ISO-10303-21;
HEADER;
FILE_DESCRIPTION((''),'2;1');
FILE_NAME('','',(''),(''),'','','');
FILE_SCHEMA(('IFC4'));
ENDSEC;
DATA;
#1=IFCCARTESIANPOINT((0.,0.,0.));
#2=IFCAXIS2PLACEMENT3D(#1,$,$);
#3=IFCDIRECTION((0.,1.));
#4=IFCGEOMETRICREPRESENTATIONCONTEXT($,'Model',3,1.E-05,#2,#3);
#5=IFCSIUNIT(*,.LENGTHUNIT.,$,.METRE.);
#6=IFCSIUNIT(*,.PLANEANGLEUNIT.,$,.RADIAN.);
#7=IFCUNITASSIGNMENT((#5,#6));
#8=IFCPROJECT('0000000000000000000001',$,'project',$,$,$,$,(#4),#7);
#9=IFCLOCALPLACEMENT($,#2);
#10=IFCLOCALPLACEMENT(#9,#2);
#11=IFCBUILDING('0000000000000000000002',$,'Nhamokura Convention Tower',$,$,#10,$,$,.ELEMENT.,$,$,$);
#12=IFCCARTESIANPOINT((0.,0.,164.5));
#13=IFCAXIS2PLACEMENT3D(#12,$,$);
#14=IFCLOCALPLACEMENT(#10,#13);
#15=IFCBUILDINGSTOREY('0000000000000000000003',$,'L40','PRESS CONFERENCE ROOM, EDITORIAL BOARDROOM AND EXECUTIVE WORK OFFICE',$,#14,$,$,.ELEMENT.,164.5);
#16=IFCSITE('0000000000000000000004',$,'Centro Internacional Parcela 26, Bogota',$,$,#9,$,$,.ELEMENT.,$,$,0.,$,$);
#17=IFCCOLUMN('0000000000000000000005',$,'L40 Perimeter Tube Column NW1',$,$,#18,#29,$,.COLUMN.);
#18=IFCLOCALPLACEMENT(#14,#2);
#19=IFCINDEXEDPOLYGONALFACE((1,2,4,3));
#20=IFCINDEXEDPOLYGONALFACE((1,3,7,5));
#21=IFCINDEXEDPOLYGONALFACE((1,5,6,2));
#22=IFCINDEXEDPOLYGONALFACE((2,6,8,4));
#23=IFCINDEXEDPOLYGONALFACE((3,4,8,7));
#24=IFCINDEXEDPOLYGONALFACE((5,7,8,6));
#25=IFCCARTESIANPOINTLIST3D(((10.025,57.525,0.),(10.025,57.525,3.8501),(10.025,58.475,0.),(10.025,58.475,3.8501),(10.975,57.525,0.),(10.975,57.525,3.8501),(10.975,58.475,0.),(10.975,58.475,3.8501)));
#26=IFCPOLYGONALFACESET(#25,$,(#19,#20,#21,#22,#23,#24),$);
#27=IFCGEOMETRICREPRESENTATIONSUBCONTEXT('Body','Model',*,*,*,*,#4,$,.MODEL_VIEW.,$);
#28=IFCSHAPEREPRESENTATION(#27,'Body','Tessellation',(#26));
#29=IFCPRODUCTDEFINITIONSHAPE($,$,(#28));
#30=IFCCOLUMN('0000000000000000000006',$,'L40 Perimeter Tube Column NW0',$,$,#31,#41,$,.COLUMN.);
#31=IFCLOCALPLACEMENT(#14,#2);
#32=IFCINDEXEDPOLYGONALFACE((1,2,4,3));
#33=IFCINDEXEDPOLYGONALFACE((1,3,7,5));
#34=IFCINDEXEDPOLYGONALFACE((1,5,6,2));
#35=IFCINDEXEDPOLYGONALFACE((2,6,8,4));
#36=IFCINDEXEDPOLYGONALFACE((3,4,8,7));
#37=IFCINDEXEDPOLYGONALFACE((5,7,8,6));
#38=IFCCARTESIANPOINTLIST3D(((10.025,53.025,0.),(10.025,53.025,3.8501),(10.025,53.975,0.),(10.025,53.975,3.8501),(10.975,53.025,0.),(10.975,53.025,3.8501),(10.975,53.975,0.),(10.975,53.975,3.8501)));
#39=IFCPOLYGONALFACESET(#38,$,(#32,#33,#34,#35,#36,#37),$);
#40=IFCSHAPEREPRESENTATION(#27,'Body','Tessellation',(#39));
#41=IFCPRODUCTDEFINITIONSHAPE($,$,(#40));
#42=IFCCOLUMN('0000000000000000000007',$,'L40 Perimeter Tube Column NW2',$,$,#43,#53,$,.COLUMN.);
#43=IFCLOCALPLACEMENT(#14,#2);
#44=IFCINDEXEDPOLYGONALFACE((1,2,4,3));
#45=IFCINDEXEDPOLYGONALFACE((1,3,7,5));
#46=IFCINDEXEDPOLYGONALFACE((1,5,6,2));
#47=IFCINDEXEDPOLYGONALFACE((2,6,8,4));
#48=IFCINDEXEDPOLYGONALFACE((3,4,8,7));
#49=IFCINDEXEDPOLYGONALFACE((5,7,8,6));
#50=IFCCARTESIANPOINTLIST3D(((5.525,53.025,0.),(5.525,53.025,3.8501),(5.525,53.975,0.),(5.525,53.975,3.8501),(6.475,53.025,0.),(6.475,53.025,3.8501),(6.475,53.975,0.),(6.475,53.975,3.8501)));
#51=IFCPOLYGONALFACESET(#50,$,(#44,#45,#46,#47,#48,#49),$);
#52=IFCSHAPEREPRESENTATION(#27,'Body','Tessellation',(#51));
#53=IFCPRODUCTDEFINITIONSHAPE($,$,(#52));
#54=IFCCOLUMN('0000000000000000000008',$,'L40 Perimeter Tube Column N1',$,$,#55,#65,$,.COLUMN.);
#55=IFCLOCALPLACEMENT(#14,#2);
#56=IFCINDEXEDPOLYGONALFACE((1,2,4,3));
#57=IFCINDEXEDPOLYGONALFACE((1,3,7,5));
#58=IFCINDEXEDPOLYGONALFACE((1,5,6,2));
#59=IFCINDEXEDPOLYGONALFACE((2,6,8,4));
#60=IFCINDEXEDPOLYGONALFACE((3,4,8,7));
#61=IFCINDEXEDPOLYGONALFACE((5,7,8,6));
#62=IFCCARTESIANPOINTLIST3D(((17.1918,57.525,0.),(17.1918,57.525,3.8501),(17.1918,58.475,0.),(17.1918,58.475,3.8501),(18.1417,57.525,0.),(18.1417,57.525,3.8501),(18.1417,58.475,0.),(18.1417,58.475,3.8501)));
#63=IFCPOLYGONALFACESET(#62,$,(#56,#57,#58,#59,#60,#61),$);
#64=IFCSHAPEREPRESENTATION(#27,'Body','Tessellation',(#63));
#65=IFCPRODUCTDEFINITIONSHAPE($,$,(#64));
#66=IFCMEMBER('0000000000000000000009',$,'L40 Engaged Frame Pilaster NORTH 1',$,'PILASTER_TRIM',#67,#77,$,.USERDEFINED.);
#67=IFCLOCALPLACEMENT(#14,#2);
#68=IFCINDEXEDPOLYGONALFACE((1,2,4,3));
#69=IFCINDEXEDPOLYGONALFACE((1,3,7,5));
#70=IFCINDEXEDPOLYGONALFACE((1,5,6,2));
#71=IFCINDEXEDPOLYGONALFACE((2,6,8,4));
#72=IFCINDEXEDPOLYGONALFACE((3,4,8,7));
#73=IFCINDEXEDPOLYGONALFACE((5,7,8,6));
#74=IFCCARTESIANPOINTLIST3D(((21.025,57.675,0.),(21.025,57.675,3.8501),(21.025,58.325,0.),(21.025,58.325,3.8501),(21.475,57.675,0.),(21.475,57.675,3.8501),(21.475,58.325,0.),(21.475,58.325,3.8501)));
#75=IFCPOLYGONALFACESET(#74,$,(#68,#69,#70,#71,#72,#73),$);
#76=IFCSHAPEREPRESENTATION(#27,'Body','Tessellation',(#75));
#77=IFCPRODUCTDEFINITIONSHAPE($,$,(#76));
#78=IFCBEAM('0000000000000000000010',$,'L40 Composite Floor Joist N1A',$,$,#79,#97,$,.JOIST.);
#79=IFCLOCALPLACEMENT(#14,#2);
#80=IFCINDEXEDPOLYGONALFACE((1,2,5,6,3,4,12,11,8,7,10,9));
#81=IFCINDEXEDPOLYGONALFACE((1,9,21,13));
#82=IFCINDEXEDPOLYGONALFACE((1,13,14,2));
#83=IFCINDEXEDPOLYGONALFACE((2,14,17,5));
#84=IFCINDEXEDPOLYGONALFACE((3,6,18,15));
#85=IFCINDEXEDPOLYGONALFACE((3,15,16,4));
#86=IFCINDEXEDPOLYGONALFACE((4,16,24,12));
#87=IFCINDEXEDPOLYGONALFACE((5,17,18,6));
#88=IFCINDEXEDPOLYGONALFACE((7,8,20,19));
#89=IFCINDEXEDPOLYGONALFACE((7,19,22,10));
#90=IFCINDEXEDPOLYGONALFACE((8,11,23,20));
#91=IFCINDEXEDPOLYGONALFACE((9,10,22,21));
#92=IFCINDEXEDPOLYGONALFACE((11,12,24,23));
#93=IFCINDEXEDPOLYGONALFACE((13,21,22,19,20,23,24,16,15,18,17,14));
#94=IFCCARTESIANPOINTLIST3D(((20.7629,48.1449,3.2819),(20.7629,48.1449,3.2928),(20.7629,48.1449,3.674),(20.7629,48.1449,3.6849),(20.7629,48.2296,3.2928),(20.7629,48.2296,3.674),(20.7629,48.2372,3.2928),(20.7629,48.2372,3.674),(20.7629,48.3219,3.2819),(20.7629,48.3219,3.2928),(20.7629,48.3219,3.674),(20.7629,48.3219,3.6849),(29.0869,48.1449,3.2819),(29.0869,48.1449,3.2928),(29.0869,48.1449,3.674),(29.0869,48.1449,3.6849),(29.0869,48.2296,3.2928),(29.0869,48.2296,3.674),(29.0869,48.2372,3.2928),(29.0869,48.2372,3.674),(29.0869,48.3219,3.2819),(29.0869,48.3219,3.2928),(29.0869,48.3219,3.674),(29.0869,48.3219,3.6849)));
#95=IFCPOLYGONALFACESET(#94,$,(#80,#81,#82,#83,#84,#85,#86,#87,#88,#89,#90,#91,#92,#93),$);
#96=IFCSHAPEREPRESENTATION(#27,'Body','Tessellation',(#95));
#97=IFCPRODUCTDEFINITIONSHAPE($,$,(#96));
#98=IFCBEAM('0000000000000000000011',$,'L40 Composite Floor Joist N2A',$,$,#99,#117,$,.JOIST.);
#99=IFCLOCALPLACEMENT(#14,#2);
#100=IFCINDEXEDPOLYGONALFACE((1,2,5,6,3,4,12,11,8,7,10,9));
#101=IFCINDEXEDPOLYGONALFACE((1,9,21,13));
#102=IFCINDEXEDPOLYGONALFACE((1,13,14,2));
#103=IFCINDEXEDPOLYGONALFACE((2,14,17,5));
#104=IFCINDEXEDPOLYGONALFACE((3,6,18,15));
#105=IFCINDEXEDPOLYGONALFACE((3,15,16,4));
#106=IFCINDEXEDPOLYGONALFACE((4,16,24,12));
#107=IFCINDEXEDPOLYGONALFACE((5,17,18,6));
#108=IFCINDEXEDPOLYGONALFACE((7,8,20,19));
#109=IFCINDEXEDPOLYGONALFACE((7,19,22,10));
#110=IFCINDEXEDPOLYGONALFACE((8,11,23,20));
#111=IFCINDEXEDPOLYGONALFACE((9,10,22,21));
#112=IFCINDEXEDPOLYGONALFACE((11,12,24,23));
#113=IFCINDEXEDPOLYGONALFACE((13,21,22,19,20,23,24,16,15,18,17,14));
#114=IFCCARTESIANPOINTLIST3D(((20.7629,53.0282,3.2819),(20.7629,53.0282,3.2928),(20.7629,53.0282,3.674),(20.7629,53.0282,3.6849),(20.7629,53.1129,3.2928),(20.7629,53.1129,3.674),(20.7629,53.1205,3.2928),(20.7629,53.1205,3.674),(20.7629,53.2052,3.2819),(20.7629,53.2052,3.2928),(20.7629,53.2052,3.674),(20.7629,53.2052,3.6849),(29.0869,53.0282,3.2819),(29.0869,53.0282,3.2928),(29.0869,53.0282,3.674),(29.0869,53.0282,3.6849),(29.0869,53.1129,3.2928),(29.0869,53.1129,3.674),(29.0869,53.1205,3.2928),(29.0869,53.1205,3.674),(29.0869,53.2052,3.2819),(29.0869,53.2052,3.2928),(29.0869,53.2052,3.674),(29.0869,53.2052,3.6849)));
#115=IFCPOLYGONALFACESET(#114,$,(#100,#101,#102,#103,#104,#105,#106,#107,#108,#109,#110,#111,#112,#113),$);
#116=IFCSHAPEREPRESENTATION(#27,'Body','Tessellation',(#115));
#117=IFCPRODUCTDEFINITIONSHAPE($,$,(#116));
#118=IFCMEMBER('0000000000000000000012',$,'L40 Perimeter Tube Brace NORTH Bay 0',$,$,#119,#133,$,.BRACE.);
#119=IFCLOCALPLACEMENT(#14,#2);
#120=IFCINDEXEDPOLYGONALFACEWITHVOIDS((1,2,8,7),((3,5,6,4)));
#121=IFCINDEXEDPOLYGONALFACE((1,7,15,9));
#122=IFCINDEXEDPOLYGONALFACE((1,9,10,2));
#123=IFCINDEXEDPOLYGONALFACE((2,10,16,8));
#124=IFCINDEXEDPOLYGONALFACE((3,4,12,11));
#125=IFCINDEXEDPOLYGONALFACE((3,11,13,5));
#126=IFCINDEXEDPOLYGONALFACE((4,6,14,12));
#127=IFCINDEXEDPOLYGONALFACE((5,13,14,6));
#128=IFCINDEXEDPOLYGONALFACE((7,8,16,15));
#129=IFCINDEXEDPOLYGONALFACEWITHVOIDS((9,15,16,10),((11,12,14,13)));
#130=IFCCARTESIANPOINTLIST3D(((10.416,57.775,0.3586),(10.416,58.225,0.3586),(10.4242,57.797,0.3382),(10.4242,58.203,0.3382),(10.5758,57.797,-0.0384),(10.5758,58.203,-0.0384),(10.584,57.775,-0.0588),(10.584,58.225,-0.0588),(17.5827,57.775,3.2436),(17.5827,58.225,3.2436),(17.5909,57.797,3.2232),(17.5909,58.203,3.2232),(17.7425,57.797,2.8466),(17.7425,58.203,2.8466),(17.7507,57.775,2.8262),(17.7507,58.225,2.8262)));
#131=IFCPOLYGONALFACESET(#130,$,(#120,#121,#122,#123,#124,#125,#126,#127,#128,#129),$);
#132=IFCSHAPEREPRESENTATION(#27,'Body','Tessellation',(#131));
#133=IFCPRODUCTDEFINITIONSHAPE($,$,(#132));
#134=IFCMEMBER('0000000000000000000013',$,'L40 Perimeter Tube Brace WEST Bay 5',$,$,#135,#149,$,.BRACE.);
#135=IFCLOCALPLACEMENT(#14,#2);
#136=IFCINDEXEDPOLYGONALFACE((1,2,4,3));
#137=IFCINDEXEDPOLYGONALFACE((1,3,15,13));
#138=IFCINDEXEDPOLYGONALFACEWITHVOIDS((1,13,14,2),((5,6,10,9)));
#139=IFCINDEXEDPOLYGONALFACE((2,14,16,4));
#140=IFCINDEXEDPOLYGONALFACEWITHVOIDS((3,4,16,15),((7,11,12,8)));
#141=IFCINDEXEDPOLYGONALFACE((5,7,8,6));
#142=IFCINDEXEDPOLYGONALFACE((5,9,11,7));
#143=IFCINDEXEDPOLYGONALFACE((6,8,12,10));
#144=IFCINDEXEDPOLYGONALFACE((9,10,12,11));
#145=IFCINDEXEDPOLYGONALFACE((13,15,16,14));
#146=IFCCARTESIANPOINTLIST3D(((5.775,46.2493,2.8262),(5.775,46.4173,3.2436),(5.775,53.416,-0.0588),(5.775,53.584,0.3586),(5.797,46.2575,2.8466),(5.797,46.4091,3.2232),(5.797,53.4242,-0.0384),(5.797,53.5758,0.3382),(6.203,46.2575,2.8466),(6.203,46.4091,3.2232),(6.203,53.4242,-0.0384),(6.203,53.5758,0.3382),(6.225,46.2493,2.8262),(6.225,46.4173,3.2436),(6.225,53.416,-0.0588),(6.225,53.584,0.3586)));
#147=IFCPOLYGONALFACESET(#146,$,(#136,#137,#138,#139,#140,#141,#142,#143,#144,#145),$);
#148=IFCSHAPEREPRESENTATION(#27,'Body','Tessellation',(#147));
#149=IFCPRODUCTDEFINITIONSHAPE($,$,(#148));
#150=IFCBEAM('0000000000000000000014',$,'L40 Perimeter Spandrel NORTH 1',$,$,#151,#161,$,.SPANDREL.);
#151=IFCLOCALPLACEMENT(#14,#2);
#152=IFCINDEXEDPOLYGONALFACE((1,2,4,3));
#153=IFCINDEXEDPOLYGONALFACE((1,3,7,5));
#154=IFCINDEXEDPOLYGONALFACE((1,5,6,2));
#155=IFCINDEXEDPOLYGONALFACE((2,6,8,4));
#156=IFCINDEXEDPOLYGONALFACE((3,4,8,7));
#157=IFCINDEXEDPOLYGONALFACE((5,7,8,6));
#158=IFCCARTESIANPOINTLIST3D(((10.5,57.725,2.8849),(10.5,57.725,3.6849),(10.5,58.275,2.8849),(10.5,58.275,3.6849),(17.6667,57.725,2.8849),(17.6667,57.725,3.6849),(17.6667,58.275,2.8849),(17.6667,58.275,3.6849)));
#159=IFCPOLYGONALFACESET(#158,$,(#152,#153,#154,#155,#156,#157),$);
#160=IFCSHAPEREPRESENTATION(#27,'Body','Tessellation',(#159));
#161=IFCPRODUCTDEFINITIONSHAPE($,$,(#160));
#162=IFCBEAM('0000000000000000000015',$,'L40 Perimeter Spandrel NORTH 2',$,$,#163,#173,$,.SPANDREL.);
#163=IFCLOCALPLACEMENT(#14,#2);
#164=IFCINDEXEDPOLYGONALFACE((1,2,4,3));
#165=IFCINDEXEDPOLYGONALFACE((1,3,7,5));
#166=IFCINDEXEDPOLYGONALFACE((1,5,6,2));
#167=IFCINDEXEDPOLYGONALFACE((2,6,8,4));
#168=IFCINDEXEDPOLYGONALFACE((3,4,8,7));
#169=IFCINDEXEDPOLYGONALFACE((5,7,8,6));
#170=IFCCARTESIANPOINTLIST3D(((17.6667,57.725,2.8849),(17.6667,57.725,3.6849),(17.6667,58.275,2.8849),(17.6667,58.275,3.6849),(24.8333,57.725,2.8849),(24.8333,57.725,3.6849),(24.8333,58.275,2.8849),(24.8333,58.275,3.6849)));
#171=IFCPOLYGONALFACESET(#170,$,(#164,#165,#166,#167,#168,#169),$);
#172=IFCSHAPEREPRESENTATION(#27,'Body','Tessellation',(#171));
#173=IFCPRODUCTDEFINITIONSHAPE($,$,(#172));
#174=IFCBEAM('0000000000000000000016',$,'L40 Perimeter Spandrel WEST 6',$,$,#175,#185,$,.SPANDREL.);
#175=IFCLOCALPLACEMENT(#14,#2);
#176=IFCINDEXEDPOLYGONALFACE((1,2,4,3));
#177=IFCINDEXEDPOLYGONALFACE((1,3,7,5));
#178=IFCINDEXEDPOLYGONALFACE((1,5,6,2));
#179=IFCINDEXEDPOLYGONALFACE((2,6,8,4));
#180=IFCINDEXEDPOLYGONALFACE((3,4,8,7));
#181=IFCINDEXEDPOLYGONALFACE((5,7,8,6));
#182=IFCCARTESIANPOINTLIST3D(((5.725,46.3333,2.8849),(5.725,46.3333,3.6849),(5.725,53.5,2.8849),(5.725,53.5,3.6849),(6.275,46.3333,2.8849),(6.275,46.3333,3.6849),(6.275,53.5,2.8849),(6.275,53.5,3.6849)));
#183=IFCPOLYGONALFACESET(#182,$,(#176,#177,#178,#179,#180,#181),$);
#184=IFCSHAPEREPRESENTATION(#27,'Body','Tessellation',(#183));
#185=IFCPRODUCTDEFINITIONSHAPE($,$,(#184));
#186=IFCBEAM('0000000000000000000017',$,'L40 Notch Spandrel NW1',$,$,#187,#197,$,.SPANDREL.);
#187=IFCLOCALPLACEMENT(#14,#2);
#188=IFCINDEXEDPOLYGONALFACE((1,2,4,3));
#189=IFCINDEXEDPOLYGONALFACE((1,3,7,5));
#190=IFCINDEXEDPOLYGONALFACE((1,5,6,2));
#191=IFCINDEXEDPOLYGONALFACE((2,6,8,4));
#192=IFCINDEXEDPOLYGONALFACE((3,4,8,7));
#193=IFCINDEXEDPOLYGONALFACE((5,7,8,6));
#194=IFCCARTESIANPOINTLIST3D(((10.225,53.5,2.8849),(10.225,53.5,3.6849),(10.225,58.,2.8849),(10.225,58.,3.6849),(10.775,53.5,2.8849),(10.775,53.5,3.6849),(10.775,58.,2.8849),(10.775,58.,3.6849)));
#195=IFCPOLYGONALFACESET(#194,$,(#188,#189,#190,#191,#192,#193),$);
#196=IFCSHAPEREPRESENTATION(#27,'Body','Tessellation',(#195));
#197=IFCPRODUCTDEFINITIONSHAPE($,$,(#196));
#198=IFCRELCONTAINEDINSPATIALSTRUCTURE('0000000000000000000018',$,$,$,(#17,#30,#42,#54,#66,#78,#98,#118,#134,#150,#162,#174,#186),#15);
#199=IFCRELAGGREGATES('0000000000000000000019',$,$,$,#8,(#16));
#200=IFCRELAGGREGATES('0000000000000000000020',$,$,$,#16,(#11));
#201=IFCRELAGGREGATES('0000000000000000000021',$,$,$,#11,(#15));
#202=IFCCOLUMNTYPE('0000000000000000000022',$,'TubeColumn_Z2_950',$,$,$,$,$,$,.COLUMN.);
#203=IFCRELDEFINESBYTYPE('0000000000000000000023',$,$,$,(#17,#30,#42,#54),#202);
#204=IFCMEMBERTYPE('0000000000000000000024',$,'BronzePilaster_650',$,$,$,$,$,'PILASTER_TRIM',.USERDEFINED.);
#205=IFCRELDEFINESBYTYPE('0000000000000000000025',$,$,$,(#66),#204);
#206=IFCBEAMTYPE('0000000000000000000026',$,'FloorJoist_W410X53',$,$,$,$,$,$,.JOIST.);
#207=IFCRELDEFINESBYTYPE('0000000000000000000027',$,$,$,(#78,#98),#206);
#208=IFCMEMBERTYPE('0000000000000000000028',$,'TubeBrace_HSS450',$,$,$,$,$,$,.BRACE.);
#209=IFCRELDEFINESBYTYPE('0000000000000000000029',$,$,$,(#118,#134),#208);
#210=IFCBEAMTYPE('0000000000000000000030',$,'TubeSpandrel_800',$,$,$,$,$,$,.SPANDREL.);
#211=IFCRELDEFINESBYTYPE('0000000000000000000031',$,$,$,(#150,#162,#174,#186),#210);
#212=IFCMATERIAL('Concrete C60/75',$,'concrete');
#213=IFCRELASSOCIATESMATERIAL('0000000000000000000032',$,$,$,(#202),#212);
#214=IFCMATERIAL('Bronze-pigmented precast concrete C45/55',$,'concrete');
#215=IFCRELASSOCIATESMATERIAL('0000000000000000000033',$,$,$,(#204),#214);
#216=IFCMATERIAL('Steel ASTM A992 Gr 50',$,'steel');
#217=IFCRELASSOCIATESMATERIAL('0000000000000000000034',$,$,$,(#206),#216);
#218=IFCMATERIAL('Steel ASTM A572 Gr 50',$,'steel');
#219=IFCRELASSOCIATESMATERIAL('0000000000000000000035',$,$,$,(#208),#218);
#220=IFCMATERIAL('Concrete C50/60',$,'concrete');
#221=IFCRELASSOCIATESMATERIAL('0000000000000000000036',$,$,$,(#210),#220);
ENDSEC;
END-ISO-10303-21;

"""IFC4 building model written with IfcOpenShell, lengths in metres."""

from ifc_helpers import new_model, si_unit, direction, frame, origin, origin_2d, place, context, subcontext, project, spatial, rectangle, hollow_rectangle, i_section, extrude, material, material_profile, profile_set, type_object, element, save


model = new_model("IFC4")

# Units and contexts
model_context = context("Model", 3, precision=1e-05, world=origin(), true_north=direction((0.0, 1.0)))
body_context = subcontext(model_context, "Body", "Model", "MODEL_VIEW")
ifc_project = project(units=[si_unit("LENGTHUNIT", "METRE"), si_unit("PLANEANGLEUNIT", "RADIAN")], contexts=[model_context])

# Site, building, storey
site_placement = place(None, origin())
site = spatial("IfcSite", under=ifc_project, at=site_placement, Name="Centro Internacional Parcela 26, Bogota", CompositionType="ELEMENT", RefElevation=0.0)
building_placement = place(site_placement, origin())
building = spatial("IfcBuilding", under=site, at=building_placement, Name="Nhamokura Convention Tower", CompositionType="ELEMENT")
storey_placement = place(building_placement, frame((0.0, 0.0, 164.5)))
storey = spatial("IfcBuildingStorey", under=building, at=storey_placement, Name="L40", Description="PRESS CONFERENCE ROOM, EDITORIAL BOARDROOM AND EXECUTIVE WORK OFFICE", CompositionType="ELEMENT", Elevation=164.5)

# Columns
ifc_material_1 = material(Name="Concrete C60/75", Category="concrete")
ifc_material_profile_1 = material_profile(ifc_material_1, rectangle(XDim=0.95, YDim=0.95, at=origin_2d()))
ifc_profile_set_1 = profile_set([ifc_material_profile_1], Name="Concrete C60/75")
column_type = type_object("IfcColumnType", Name="TubeColumn_Z2_950", PredefinedType="COLUMN", material=ifc_profile_set_1)
for number, where, z_axis, x_axis, name in (
    (1, (10.5, 58.0, 0.0), (0.0, 0.0, 1.0), (1.0, 0.0, 0.0), "L40 Perimeter Tube Column NW1"),
    (2, (10.5, 53.5, 0.0), (0.0, 0.0, 1.0), (1.0, 0.0, 0.0), "L40 Perimeter Tube Column NW0"),
    (3, (6.0, 53.5, 0.0), (0.0, 0.0, 1.0), (1.0, 0.0, 0.0), "L40 Perimeter Tube Column NW2"),
    (4, (17.6667, 58.0, 0.0), (0.0, 0.0, 1.0), (1.0, 0.0, 0.0), "L40 Perimeter Tube Column N1"),
):
    element("IfcColumn", number, at=place(storey_placement, frame(where, z_axis=z_axis, x_axis=x_axis)), inside=storey, type_object=column_type, Name=name, PredefinedType="COLUMN", context=body_context, shape_type="SweptSolid", body=[
        extrude(rectangle(XDim=0.95, YDim=0.95, at=origin_2d()), origin(), (0.0, 0.0, 1.0), 3.8501),
    ])

# Member
ifc_material_2 = material(Name="Bronze-pigmented precast concrete C45/55", Category="concrete")
ifc_material_profile_2 = material_profile(ifc_material_2, rectangle(XDim=0.45, YDim=0.6499, at=origin_2d()))
ifc_profile_set_2 = profile_set([ifc_material_profile_2], Name="Bronze-pigmented precast concrete C45/55")
member_type_1 = type_object("IfcMemberType", Name="BronzePilaster_650", ElementType="PILASTER_TRIM", PredefinedType="USERDEFINED", material=ifc_profile_set_2)
member_placement = place(storey_placement, frame((21.25, 58.0, 0.0), z_axis=(0.0, 0.0, 1.0), x_axis=(1.0, 0.0, 0.0)))
element("IfcMember", 5, at=member_placement, inside=storey, type_object=member_type_1, Name="L40 Engaged Frame Pilaster NORTH 1", ObjectType="PILASTER_TRIM", PredefinedType="USERDEFINED", context=body_context, shape_type="SweptSolid", body=[
    extrude(rectangle(XDim=0.45, YDim=0.6499, at=origin_2d()), origin(), (0.0, 0.0, 1.0), 3.8501),
])

# Beams
ifc_material_3 = material(Name="Steel ASTM A992 Gr 50", Category="steel")
ifc_material_profile_3 = material_profile(ifc_material_3, i_section(OverallWidth=0.177, OverallDepth=0.4031, WebThickness=0.0076, FlangeThickness=0.011, at=origin_2d()))
ifc_profile_set_3 = profile_set([ifc_material_profile_3], Name="Steel ASTM A992 Gr 50")
beam_type_1 = type_object("IfcBeamType", Name="FloorJoist_W410X53", PredefinedType="JOIST", material=ifc_profile_set_3)
for number, where, z_axis, x_axis, name in (
    (6, (20.7629, 48.2334, 3.4834), (1.0, 0.0, 0.0), (0.0, 1.0, 0.0), "L40 Composite Floor Joist N1A"),
    (7, (20.7629, 53.1167, 3.4834), (1.0, 0.0, 0.0), (0.0, 1.0, 0.0), "L40 Composite Floor Joist N2A"),
):
    element("IfcBeam", number, at=place(storey_placement, frame(where, z_axis=z_axis, x_axis=x_axis)), inside=storey, type_object=beam_type_1, Name=name, PredefinedType="JOIST", context=body_context, shape_type="SweptSolid", body=[
        extrude(i_section(OverallWidth=0.177, OverallDepth=0.4031, WebThickness=0.0076, FlangeThickness=0.011, at=origin_2d()), origin(), (0.0, 0.0, 1.0), 8.324),
    ])

# Members
ifc_material_4 = material(Name="Steel ASTM A572 Gr 50", Category="steel")
ifc_material_profile_4 = material_profile(ifc_material_4, hollow_rectangle(XDim=0.45, YDim=0.45, WallThickness=0.022, at=origin_2d()))
ifc_profile_set_4 = profile_set([ifc_material_profile_4], Name="Steel ASTM A572 Gr 50")
member_type_2 = type_object("IfcMemberType", Name="TubeBrace_HSS450", PredefinedType="BRACE", material=ifc_profile_set_4)
for number, where, z_axis, x_axis, name in (
    (8, (10.5, 58.0, 0.1499), (0.927657, 0.0, 0.373433), (0.0, 1.0, 0.0), "L40 Perimeter Tube Brace NORTH Bay 0"),
    (9, (6.0, 53.5, 0.1499), (0.0, -0.927657, 0.373433), (1.0, 0.0, 0.0), "L40 Perimeter Tube Brace WEST Bay 5"),
):
    element("IfcMember", number, at=place(storey_placement, frame(where, z_axis=z_axis, x_axis=x_axis)), inside=storey, type_object=member_type_2, Name=name, PredefinedType="BRACE", context=body_context, shape_type="SweptSolid", body=[
        extrude(hollow_rectangle(XDim=0.45, YDim=0.45, WallThickness=0.022, at=origin_2d()), origin(), (0.0, 0.0, 1.0), 7.7256),
    ])

# Beams
ifc_material_5 = material(Name="Concrete C50/60", Category="concrete")
ifc_material_profile_5 = material_profile(ifc_material_5, rectangle(XDim=0.55, YDim=0.8, at=origin_2d()))
ifc_profile_set_5 = profile_set([ifc_material_profile_5], Name="Concrete C50/60")
beam_type_2 = type_object("IfcBeamType", Name="TubeSpandrel_800", PredefinedType="SPANDREL", material=ifc_profile_set_5)
beam_1_placement = place(storey_placement, frame((10.5, 58.0, 3.2849), z_axis=(1.0, 0.0, 0.0), x_axis=(0.0, 1.0, 0.0)))
element("IfcBeam", 10, at=beam_1_placement, inside=storey, type_object=beam_type_2, Name="L40 Perimeter Spandrel NORTH 1", PredefinedType="SPANDREL", context=body_context, shape_type="SweptSolid", body=[
    extrude(rectangle(XDim=0.55, YDim=0.8, at=origin_2d()), origin(), (0.0, 0.0, 1.0), 7.1667),
])
beam_2_placement = place(storey_placement, frame((17.6667, 58.0, 3.2849), z_axis=(1.0, 0.0, 0.0), x_axis=(0.0, 1.0, 0.0)))
element("IfcBeam", 11, at=beam_2_placement, inside=storey, type_object=beam_type_2, Name="L40 Perimeter Spandrel NORTH 2", PredefinedType="SPANDREL", context=body_context, shape_type="SweptSolid", body=[
    extrude(rectangle(XDim=0.55, YDim=0.8, at=origin_2d()), origin(), (0.0, 0.0, 1.0), 7.1665),
])
beam_3_placement = place(storey_placement, frame((6.0, 46.3333, 3.2849), z_axis=(0.0, 1.0, 0.0), x_axis=(-1.0, 0.0, 0.0)))
element("IfcBeam", 12, at=beam_3_placement, inside=storey, type_object=beam_type_2, Name="L40 Perimeter Spandrel WEST 6", PredefinedType="SPANDREL", context=body_context, shape_type="SweptSolid", body=[
    extrude(rectangle(XDim=0.55, YDim=0.8, at=origin_2d()), origin(), (0.0, 0.0, 1.0), 7.1667),
])
for number, where, z_axis, x_axis, name in (
    (13, (10.5, 58.0, 3.2849), (0.0, -1.0, 0.0), (1.0, 0.0, 0.0), "L40 Notch Spandrel NW1"),
):
    element("IfcBeam", number, at=place(storey_placement, frame(where, z_axis=z_axis, x_axis=x_axis)), inside=storey, type_object=beam_type_2, Name=name, PredefinedType="SPANDREL", context=body_context, shape_type="SweptSolid", body=[
        extrude(rectangle(XDim=0.55, YDim=0.8, at=origin_2d()), origin(), (0.0, 0.0, 1.0), 4.5),
    ])

save(model, "model.ifc")
